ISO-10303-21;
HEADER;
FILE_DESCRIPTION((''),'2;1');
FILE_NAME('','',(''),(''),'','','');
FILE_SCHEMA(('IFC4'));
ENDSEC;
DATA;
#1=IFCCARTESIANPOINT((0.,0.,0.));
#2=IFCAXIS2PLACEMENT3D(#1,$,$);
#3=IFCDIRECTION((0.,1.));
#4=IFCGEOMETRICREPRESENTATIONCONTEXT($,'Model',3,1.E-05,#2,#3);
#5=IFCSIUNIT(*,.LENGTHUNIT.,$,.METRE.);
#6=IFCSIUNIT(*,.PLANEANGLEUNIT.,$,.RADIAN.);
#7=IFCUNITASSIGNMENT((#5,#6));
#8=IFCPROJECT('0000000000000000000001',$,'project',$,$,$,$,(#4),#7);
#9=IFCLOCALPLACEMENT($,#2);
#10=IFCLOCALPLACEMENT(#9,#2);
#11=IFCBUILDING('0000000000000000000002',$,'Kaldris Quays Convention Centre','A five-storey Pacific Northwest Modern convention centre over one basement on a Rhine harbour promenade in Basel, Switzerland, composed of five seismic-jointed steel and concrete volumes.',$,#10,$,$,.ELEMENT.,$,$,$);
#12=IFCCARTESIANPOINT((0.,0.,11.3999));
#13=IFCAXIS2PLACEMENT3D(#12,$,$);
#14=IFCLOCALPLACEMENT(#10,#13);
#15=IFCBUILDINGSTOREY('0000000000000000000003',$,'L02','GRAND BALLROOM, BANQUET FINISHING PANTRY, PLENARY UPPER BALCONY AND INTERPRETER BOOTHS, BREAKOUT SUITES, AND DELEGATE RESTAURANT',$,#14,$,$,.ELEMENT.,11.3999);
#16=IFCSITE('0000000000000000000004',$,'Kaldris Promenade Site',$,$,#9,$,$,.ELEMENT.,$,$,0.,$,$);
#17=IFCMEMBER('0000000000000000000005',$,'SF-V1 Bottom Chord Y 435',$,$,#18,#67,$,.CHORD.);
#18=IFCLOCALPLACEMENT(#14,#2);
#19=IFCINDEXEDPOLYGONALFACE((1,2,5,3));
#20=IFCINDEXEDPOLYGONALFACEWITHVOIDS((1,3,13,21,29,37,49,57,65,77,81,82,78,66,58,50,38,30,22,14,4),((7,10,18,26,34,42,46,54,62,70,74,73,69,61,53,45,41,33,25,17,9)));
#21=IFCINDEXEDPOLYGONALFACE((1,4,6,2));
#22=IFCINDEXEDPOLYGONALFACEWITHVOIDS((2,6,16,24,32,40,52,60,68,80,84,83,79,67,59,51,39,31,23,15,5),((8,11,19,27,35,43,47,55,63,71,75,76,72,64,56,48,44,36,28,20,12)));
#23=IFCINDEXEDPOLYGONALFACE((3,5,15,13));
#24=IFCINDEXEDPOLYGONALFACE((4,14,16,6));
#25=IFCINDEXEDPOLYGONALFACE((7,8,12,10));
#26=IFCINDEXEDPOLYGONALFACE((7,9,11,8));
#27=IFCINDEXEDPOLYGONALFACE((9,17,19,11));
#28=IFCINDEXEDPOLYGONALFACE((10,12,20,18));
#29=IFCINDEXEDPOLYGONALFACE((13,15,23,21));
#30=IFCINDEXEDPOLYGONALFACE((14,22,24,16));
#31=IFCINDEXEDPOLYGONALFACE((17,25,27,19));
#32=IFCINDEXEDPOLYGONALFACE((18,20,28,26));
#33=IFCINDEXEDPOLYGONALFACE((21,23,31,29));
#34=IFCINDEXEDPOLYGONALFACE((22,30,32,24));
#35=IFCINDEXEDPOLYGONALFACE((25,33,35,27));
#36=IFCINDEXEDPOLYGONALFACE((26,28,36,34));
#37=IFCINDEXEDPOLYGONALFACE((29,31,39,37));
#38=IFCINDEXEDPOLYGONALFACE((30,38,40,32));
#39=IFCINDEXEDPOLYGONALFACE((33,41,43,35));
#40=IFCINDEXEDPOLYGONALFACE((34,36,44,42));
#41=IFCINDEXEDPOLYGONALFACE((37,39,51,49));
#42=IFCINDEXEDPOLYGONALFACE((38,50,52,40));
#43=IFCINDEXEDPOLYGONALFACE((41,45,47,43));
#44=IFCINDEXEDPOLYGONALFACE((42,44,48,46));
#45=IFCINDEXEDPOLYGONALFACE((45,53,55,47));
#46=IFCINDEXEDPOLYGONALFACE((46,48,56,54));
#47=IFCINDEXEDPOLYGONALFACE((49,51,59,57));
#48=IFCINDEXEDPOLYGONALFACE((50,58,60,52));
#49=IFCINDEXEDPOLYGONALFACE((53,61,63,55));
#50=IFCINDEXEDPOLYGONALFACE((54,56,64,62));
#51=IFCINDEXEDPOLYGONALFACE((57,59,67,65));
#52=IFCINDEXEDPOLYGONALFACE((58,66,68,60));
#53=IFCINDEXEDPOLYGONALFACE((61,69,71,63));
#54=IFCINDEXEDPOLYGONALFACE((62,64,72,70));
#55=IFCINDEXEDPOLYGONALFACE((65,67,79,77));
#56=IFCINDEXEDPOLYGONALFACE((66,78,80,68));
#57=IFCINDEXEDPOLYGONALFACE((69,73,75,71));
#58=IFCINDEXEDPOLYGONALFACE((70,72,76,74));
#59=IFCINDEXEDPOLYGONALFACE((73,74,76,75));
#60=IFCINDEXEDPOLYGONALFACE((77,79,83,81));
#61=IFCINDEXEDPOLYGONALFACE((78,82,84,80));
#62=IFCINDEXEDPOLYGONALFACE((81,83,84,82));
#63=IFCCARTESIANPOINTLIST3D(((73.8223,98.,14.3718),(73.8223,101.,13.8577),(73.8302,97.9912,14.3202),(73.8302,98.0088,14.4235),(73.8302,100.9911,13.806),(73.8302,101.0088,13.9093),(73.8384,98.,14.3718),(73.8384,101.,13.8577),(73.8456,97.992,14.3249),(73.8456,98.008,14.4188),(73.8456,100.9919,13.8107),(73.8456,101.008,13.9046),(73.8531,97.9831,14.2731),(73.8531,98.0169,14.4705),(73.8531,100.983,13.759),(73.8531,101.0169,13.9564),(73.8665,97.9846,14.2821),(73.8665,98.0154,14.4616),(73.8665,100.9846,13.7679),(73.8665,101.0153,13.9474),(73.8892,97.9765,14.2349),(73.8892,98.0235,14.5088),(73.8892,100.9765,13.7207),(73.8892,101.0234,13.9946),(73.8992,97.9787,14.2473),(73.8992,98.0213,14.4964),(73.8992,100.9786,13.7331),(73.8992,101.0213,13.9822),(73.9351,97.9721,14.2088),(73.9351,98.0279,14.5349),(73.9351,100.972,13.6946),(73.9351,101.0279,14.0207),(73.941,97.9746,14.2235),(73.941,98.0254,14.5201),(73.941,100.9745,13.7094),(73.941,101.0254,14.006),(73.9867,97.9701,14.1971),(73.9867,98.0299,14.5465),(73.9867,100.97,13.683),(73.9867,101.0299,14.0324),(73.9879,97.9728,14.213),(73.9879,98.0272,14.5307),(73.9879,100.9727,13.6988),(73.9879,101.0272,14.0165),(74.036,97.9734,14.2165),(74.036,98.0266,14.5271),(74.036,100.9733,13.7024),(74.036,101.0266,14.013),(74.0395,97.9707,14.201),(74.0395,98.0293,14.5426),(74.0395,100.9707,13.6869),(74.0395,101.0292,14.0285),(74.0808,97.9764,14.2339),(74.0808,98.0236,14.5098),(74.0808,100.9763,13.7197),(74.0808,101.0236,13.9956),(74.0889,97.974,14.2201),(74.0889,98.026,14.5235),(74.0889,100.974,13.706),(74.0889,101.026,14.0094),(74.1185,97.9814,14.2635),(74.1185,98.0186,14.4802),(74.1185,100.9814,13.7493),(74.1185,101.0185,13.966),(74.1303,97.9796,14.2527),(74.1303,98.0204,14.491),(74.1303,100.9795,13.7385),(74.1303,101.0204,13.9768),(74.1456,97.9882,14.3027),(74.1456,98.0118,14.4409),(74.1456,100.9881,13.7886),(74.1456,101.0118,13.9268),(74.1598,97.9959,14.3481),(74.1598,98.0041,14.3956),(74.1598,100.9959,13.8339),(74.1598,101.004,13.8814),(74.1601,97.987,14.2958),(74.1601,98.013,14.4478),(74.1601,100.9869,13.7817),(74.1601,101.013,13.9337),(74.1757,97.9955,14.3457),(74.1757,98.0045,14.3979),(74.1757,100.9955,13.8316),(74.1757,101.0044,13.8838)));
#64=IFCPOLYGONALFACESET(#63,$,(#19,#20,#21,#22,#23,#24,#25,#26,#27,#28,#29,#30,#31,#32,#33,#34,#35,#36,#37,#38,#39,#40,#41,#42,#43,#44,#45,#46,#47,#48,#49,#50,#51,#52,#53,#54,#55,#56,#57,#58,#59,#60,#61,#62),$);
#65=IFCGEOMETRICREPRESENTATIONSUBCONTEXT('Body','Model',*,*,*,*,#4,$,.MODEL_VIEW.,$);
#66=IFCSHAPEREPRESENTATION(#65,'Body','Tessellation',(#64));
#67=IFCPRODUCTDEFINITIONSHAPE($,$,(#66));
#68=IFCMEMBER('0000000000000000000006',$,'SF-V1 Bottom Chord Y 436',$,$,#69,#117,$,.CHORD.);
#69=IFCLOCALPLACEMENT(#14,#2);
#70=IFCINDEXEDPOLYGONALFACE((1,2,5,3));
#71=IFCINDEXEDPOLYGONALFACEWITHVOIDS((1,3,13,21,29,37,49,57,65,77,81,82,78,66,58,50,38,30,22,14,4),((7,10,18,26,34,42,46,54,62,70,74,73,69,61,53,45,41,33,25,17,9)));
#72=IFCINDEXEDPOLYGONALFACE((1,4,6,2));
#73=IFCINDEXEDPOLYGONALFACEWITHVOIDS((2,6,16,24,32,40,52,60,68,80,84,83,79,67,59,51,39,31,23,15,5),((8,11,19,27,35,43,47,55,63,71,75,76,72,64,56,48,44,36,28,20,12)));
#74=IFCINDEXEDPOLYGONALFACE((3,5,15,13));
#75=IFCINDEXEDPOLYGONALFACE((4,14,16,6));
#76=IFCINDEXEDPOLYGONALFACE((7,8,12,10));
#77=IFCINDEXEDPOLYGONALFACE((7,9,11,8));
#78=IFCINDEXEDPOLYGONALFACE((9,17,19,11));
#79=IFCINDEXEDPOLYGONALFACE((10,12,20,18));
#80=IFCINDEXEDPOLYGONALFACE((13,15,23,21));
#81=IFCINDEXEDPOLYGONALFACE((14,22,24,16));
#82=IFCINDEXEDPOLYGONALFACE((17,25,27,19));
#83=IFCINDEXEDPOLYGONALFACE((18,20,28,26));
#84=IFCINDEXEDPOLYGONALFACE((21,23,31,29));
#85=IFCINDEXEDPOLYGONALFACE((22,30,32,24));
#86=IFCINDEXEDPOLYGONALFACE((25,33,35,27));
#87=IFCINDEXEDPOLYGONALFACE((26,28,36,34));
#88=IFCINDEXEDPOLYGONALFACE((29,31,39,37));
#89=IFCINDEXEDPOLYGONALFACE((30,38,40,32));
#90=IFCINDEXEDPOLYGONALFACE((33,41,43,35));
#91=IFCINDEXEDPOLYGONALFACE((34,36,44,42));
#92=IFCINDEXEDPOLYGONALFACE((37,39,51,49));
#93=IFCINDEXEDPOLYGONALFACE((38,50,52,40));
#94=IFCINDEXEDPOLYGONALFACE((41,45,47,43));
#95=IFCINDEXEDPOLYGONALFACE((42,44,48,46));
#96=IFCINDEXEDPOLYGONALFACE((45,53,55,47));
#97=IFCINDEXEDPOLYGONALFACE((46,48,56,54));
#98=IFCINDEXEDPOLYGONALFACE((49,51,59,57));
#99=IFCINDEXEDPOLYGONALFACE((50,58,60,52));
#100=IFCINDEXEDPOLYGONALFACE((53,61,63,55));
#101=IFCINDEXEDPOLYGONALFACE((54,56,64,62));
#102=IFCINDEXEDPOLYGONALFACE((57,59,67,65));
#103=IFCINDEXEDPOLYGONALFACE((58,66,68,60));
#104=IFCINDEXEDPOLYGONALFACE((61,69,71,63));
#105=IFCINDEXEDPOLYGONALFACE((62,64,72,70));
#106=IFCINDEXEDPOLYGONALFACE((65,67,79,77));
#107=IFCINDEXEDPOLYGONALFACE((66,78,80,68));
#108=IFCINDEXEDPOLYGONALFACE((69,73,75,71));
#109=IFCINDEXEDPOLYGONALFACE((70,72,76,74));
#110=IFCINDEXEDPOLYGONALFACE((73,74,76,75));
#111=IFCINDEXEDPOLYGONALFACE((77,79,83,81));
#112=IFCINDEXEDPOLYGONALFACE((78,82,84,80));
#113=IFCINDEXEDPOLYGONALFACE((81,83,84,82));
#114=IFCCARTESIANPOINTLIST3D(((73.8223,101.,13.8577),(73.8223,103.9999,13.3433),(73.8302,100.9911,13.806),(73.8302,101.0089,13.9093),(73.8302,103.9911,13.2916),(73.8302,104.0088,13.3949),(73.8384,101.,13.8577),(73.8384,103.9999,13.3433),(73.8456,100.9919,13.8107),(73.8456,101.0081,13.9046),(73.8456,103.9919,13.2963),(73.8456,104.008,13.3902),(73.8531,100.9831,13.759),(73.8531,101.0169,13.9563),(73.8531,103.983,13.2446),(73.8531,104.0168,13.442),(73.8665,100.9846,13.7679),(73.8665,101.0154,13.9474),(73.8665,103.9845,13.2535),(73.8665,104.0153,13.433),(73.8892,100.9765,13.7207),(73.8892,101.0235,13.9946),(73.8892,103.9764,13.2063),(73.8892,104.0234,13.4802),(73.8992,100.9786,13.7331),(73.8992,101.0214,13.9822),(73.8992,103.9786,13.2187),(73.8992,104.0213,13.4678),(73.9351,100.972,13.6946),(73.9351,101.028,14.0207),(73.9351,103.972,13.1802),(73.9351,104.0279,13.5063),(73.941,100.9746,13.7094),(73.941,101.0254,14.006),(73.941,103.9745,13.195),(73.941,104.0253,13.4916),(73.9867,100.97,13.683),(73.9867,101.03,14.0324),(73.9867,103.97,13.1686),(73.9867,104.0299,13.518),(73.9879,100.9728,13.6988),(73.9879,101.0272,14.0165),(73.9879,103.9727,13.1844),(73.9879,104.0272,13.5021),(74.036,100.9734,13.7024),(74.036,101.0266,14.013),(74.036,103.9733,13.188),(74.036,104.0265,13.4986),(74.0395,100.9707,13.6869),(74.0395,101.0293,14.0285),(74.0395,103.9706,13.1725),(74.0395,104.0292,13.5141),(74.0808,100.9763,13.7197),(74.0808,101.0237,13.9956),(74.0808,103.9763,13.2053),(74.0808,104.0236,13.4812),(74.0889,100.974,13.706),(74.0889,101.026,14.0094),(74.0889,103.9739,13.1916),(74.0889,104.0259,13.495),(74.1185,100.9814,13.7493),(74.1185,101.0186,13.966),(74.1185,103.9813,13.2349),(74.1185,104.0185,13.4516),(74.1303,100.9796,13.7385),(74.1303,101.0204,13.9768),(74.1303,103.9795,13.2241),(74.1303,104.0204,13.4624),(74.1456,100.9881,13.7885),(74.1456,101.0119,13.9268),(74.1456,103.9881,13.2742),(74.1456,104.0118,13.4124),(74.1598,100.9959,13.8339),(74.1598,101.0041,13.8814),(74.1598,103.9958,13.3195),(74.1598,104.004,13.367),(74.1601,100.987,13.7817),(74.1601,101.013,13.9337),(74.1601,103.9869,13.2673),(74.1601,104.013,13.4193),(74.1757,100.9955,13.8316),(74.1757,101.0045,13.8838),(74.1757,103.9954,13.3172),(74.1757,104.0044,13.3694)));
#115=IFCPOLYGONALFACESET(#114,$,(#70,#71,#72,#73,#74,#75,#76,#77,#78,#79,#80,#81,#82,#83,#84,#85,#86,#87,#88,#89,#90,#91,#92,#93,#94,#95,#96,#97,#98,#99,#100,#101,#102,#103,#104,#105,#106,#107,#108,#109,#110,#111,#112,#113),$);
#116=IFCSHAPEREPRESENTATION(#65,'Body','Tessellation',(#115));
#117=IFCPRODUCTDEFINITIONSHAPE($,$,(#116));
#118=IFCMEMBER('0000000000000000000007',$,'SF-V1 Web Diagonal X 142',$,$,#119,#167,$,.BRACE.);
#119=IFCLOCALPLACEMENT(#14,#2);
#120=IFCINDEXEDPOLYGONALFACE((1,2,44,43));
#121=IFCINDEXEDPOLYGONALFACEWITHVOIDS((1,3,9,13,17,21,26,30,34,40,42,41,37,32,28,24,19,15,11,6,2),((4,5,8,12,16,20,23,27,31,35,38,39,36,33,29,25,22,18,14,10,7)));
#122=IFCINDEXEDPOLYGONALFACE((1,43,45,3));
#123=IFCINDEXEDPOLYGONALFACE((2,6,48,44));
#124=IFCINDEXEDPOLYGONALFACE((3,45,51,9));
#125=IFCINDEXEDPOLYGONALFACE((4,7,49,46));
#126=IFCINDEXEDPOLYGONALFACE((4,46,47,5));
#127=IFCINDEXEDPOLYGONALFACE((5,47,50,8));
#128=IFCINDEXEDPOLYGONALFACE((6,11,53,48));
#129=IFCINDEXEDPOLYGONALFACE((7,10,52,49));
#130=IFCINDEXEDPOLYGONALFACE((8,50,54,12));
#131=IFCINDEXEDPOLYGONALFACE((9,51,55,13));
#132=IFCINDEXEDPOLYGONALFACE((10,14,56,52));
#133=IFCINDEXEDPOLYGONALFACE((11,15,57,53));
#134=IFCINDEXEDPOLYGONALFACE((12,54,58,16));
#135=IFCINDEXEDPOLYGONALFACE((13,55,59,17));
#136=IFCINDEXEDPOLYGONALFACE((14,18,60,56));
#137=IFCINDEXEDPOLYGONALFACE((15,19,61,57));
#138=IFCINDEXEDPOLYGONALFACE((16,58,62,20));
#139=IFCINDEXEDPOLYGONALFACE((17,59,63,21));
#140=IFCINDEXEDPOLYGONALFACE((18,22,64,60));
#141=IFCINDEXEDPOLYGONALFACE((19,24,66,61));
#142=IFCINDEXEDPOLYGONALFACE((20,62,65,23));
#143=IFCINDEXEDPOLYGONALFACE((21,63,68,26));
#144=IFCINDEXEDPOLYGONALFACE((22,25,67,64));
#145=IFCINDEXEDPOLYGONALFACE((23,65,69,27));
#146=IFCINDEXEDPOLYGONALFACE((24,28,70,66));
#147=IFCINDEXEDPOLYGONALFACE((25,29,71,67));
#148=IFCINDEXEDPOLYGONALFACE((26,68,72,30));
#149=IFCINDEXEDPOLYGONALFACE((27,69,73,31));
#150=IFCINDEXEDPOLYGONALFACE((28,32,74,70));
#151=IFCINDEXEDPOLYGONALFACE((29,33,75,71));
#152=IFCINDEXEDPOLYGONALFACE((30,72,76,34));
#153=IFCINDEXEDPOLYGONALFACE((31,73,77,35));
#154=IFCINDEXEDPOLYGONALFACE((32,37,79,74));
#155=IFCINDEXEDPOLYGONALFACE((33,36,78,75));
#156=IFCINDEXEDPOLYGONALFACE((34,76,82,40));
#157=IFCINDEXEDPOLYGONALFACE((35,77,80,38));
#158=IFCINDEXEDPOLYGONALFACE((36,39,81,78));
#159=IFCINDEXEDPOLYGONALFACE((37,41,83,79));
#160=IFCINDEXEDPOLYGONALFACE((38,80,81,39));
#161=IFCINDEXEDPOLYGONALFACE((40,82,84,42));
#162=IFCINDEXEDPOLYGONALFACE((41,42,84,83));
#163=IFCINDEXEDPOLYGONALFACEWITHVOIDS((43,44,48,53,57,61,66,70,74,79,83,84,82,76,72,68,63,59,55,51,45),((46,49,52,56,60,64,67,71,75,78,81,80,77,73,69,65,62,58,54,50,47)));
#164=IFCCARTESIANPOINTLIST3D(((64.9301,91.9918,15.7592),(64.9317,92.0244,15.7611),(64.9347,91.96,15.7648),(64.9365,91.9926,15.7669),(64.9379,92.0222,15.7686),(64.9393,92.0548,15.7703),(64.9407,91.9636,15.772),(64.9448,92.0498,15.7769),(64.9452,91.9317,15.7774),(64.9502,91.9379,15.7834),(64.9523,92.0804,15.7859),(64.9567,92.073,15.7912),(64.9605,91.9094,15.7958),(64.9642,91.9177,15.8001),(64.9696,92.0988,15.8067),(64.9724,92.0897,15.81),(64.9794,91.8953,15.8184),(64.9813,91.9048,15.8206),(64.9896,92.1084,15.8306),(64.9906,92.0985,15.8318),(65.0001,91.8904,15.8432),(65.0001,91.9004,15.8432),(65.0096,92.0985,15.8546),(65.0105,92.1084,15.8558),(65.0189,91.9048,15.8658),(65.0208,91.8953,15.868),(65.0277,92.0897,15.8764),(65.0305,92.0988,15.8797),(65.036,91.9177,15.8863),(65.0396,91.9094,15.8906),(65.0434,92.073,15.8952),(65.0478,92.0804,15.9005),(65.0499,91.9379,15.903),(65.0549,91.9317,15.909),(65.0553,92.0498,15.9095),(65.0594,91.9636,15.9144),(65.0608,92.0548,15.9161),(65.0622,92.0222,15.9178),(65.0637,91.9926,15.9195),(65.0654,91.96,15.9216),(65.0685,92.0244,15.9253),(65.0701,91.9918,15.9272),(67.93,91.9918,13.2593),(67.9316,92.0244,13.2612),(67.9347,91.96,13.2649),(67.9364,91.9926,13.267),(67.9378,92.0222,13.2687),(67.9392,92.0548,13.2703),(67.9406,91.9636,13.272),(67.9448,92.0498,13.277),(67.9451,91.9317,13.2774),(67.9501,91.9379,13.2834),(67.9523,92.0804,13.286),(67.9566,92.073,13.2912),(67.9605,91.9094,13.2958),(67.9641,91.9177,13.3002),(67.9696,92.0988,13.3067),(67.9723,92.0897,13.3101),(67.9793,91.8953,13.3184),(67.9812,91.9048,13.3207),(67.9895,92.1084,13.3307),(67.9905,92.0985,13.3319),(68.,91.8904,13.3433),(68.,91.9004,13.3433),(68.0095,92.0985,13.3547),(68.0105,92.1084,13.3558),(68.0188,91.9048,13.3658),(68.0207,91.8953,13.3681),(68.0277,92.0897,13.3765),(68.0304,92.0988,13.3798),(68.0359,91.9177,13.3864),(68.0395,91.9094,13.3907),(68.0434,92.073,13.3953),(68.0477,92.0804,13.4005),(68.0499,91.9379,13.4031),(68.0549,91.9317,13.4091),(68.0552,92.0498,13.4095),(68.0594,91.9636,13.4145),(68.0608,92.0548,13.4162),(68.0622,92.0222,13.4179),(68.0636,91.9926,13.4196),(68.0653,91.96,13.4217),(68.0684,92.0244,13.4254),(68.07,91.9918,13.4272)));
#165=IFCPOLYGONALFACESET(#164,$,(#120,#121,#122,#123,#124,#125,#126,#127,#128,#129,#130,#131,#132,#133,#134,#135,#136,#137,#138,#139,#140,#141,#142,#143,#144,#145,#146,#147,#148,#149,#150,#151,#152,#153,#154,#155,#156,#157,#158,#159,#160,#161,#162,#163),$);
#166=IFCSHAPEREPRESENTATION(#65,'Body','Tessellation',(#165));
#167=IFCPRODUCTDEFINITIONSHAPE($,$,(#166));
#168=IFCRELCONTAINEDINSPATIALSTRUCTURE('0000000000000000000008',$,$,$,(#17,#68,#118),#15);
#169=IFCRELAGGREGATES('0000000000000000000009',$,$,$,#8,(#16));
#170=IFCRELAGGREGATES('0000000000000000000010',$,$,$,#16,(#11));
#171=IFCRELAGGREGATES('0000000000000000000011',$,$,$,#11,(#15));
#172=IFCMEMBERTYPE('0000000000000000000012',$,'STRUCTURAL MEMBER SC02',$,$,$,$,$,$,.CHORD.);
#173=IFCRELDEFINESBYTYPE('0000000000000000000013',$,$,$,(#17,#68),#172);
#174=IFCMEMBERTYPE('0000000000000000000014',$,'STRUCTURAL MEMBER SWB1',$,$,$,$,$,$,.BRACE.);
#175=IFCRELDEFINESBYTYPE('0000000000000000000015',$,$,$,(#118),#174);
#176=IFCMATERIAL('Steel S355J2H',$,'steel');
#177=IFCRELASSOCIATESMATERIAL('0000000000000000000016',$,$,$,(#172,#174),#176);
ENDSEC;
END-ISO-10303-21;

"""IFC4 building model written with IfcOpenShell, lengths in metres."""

from ifc_helpers import new_model, si_unit, direction, frame, origin, origin_2d, place, context, subcontext, project, spatial, hollow_circle, extrude, material, material_profile, profile_set, type_object, element, save


model = new_model("IFC4")

# Units and contexts
model_context = context("Model", 3, precision=1e-05, world=origin(), true_north=direction((0.0, 1.0)))
body_context = subcontext(model_context, "Body", "Model", "MODEL_VIEW")
ifc_project = project(units=[si_unit("LENGTHUNIT", "METRE"), si_unit("PLANEANGLEUNIT", "RADIAN")], contexts=[model_context])

# Site, building, storey
site_placement = place(None, origin())
site = spatial("IfcSite", under=ifc_project, at=site_placement, Name="Kaldris Promenade Site", CompositionType="ELEMENT", RefElevation=0.0)
building_placement = place(site_placement, origin())
building = spatial("IfcBuilding", under=site, at=building_placement, Name="Kaldris Quays Convention Centre", Description="A five-storey Pacific Northwest Modern convention centre over one basement on a Rhine harbour promenade in Basel, Switzerland, composed of five seismic-jointed steel and concrete volumes.", CompositionType="ELEMENT")
storey_placement = place(building_placement, frame((0.0, 0.0, 11.3999)))
storey = spatial("IfcBuildingStorey", under=building, at=storey_placement, Name="L02", Description="GRAND BALLROOM, BANQUET FINISHING PANTRY, PLENARY UPPER BALCONY AND INTERPRETER BOOTHS, BREAKOUT SUITES, AND DELEGATE RESTAURANT", CompositionType="ELEMENT", Elevation=11.3999)

# Members
ifc_material_1 = material(Name="Steel S355J2H", Category="steel")
ifc_material_profile_1 = material_profile(ifc_material_1, hollow_circle(Radius=0.1777, WallThickness=0.0161, at=origin_2d()), Name="CHS 355.6x16")
ifc_profile_set_1 = profile_set([ifc_material_profile_1], Name="Steel S355J2H")
member_type_1 = type_object("IfcMemberType", Name="STRUCTURAL MEMBER SC02", PredefinedType="CHORD", material=ifc_profile_set_1)
for number, where, z_axis, x_axis, name in (
    (1, (74.0, 98.0, 14.3718), (0.0, 0.985629, -0.168924), (-1.0, 0.0, 0.0), "SF-V1 Bottom Chord Y 435"),
    (2, (74.0, 101.0, 13.8577), (0.0, 0.985616, -0.169002), (-1.0, 0.0, 0.0), "SF-V1 Bottom Chord Y 436"),
):
    element("IfcMember", number, at=place(storey_placement, frame(where, z_axis=z_axis, x_axis=x_axis)), inside=storey, type_object=member_type_1, Name=name, PredefinedType="CHORD", context=body_context, shape_type="SweptSolid", body=[
        extrude(hollow_circle(Radius=0.1777, WallThickness=0.0161, at=origin_2d()), origin(), (0.0, 0.0, 1.0), 3.0437),
    ])
ifc_material_profile_2 = material_profile(ifc_material_1, hollow_circle(Radius=0.1096, WallThickness=0.01, at=origin_2d()), Name="CHS 219.1x10")
ifc_profile_set_2 = profile_set([ifc_material_profile_2], Name="Steel S355J2H")
member_type_2 = type_object("IfcMemberType", Name="STRUCTURAL MEMBER SWB1", PredefinedType="BRACE", material=ifc_profile_set_2)
for number, where, z_axis, x_axis, name in (
    (3, (68.0, 92.0, 13.3433), (-0.768221, 0.0, 0.640184), (0.0, -1.0, 0.0), "SF-V1 Web Diagonal X 142"),
):
    element("IfcMember", number, at=place(storey_placement, frame(where, z_axis=z_axis, x_axis=x_axis)), inside=storey, type_object=member_type_2, Name=name, PredefinedType="BRACE", context=body_context, shape_type="SweptSolid", body=[
        extrude(hollow_circle(Radius=0.1096, WallThickness=0.01, at=origin_2d()), origin(), (0.0, 0.0, 1.0), 3.905),
    ])

save(model, "model.ifc")
